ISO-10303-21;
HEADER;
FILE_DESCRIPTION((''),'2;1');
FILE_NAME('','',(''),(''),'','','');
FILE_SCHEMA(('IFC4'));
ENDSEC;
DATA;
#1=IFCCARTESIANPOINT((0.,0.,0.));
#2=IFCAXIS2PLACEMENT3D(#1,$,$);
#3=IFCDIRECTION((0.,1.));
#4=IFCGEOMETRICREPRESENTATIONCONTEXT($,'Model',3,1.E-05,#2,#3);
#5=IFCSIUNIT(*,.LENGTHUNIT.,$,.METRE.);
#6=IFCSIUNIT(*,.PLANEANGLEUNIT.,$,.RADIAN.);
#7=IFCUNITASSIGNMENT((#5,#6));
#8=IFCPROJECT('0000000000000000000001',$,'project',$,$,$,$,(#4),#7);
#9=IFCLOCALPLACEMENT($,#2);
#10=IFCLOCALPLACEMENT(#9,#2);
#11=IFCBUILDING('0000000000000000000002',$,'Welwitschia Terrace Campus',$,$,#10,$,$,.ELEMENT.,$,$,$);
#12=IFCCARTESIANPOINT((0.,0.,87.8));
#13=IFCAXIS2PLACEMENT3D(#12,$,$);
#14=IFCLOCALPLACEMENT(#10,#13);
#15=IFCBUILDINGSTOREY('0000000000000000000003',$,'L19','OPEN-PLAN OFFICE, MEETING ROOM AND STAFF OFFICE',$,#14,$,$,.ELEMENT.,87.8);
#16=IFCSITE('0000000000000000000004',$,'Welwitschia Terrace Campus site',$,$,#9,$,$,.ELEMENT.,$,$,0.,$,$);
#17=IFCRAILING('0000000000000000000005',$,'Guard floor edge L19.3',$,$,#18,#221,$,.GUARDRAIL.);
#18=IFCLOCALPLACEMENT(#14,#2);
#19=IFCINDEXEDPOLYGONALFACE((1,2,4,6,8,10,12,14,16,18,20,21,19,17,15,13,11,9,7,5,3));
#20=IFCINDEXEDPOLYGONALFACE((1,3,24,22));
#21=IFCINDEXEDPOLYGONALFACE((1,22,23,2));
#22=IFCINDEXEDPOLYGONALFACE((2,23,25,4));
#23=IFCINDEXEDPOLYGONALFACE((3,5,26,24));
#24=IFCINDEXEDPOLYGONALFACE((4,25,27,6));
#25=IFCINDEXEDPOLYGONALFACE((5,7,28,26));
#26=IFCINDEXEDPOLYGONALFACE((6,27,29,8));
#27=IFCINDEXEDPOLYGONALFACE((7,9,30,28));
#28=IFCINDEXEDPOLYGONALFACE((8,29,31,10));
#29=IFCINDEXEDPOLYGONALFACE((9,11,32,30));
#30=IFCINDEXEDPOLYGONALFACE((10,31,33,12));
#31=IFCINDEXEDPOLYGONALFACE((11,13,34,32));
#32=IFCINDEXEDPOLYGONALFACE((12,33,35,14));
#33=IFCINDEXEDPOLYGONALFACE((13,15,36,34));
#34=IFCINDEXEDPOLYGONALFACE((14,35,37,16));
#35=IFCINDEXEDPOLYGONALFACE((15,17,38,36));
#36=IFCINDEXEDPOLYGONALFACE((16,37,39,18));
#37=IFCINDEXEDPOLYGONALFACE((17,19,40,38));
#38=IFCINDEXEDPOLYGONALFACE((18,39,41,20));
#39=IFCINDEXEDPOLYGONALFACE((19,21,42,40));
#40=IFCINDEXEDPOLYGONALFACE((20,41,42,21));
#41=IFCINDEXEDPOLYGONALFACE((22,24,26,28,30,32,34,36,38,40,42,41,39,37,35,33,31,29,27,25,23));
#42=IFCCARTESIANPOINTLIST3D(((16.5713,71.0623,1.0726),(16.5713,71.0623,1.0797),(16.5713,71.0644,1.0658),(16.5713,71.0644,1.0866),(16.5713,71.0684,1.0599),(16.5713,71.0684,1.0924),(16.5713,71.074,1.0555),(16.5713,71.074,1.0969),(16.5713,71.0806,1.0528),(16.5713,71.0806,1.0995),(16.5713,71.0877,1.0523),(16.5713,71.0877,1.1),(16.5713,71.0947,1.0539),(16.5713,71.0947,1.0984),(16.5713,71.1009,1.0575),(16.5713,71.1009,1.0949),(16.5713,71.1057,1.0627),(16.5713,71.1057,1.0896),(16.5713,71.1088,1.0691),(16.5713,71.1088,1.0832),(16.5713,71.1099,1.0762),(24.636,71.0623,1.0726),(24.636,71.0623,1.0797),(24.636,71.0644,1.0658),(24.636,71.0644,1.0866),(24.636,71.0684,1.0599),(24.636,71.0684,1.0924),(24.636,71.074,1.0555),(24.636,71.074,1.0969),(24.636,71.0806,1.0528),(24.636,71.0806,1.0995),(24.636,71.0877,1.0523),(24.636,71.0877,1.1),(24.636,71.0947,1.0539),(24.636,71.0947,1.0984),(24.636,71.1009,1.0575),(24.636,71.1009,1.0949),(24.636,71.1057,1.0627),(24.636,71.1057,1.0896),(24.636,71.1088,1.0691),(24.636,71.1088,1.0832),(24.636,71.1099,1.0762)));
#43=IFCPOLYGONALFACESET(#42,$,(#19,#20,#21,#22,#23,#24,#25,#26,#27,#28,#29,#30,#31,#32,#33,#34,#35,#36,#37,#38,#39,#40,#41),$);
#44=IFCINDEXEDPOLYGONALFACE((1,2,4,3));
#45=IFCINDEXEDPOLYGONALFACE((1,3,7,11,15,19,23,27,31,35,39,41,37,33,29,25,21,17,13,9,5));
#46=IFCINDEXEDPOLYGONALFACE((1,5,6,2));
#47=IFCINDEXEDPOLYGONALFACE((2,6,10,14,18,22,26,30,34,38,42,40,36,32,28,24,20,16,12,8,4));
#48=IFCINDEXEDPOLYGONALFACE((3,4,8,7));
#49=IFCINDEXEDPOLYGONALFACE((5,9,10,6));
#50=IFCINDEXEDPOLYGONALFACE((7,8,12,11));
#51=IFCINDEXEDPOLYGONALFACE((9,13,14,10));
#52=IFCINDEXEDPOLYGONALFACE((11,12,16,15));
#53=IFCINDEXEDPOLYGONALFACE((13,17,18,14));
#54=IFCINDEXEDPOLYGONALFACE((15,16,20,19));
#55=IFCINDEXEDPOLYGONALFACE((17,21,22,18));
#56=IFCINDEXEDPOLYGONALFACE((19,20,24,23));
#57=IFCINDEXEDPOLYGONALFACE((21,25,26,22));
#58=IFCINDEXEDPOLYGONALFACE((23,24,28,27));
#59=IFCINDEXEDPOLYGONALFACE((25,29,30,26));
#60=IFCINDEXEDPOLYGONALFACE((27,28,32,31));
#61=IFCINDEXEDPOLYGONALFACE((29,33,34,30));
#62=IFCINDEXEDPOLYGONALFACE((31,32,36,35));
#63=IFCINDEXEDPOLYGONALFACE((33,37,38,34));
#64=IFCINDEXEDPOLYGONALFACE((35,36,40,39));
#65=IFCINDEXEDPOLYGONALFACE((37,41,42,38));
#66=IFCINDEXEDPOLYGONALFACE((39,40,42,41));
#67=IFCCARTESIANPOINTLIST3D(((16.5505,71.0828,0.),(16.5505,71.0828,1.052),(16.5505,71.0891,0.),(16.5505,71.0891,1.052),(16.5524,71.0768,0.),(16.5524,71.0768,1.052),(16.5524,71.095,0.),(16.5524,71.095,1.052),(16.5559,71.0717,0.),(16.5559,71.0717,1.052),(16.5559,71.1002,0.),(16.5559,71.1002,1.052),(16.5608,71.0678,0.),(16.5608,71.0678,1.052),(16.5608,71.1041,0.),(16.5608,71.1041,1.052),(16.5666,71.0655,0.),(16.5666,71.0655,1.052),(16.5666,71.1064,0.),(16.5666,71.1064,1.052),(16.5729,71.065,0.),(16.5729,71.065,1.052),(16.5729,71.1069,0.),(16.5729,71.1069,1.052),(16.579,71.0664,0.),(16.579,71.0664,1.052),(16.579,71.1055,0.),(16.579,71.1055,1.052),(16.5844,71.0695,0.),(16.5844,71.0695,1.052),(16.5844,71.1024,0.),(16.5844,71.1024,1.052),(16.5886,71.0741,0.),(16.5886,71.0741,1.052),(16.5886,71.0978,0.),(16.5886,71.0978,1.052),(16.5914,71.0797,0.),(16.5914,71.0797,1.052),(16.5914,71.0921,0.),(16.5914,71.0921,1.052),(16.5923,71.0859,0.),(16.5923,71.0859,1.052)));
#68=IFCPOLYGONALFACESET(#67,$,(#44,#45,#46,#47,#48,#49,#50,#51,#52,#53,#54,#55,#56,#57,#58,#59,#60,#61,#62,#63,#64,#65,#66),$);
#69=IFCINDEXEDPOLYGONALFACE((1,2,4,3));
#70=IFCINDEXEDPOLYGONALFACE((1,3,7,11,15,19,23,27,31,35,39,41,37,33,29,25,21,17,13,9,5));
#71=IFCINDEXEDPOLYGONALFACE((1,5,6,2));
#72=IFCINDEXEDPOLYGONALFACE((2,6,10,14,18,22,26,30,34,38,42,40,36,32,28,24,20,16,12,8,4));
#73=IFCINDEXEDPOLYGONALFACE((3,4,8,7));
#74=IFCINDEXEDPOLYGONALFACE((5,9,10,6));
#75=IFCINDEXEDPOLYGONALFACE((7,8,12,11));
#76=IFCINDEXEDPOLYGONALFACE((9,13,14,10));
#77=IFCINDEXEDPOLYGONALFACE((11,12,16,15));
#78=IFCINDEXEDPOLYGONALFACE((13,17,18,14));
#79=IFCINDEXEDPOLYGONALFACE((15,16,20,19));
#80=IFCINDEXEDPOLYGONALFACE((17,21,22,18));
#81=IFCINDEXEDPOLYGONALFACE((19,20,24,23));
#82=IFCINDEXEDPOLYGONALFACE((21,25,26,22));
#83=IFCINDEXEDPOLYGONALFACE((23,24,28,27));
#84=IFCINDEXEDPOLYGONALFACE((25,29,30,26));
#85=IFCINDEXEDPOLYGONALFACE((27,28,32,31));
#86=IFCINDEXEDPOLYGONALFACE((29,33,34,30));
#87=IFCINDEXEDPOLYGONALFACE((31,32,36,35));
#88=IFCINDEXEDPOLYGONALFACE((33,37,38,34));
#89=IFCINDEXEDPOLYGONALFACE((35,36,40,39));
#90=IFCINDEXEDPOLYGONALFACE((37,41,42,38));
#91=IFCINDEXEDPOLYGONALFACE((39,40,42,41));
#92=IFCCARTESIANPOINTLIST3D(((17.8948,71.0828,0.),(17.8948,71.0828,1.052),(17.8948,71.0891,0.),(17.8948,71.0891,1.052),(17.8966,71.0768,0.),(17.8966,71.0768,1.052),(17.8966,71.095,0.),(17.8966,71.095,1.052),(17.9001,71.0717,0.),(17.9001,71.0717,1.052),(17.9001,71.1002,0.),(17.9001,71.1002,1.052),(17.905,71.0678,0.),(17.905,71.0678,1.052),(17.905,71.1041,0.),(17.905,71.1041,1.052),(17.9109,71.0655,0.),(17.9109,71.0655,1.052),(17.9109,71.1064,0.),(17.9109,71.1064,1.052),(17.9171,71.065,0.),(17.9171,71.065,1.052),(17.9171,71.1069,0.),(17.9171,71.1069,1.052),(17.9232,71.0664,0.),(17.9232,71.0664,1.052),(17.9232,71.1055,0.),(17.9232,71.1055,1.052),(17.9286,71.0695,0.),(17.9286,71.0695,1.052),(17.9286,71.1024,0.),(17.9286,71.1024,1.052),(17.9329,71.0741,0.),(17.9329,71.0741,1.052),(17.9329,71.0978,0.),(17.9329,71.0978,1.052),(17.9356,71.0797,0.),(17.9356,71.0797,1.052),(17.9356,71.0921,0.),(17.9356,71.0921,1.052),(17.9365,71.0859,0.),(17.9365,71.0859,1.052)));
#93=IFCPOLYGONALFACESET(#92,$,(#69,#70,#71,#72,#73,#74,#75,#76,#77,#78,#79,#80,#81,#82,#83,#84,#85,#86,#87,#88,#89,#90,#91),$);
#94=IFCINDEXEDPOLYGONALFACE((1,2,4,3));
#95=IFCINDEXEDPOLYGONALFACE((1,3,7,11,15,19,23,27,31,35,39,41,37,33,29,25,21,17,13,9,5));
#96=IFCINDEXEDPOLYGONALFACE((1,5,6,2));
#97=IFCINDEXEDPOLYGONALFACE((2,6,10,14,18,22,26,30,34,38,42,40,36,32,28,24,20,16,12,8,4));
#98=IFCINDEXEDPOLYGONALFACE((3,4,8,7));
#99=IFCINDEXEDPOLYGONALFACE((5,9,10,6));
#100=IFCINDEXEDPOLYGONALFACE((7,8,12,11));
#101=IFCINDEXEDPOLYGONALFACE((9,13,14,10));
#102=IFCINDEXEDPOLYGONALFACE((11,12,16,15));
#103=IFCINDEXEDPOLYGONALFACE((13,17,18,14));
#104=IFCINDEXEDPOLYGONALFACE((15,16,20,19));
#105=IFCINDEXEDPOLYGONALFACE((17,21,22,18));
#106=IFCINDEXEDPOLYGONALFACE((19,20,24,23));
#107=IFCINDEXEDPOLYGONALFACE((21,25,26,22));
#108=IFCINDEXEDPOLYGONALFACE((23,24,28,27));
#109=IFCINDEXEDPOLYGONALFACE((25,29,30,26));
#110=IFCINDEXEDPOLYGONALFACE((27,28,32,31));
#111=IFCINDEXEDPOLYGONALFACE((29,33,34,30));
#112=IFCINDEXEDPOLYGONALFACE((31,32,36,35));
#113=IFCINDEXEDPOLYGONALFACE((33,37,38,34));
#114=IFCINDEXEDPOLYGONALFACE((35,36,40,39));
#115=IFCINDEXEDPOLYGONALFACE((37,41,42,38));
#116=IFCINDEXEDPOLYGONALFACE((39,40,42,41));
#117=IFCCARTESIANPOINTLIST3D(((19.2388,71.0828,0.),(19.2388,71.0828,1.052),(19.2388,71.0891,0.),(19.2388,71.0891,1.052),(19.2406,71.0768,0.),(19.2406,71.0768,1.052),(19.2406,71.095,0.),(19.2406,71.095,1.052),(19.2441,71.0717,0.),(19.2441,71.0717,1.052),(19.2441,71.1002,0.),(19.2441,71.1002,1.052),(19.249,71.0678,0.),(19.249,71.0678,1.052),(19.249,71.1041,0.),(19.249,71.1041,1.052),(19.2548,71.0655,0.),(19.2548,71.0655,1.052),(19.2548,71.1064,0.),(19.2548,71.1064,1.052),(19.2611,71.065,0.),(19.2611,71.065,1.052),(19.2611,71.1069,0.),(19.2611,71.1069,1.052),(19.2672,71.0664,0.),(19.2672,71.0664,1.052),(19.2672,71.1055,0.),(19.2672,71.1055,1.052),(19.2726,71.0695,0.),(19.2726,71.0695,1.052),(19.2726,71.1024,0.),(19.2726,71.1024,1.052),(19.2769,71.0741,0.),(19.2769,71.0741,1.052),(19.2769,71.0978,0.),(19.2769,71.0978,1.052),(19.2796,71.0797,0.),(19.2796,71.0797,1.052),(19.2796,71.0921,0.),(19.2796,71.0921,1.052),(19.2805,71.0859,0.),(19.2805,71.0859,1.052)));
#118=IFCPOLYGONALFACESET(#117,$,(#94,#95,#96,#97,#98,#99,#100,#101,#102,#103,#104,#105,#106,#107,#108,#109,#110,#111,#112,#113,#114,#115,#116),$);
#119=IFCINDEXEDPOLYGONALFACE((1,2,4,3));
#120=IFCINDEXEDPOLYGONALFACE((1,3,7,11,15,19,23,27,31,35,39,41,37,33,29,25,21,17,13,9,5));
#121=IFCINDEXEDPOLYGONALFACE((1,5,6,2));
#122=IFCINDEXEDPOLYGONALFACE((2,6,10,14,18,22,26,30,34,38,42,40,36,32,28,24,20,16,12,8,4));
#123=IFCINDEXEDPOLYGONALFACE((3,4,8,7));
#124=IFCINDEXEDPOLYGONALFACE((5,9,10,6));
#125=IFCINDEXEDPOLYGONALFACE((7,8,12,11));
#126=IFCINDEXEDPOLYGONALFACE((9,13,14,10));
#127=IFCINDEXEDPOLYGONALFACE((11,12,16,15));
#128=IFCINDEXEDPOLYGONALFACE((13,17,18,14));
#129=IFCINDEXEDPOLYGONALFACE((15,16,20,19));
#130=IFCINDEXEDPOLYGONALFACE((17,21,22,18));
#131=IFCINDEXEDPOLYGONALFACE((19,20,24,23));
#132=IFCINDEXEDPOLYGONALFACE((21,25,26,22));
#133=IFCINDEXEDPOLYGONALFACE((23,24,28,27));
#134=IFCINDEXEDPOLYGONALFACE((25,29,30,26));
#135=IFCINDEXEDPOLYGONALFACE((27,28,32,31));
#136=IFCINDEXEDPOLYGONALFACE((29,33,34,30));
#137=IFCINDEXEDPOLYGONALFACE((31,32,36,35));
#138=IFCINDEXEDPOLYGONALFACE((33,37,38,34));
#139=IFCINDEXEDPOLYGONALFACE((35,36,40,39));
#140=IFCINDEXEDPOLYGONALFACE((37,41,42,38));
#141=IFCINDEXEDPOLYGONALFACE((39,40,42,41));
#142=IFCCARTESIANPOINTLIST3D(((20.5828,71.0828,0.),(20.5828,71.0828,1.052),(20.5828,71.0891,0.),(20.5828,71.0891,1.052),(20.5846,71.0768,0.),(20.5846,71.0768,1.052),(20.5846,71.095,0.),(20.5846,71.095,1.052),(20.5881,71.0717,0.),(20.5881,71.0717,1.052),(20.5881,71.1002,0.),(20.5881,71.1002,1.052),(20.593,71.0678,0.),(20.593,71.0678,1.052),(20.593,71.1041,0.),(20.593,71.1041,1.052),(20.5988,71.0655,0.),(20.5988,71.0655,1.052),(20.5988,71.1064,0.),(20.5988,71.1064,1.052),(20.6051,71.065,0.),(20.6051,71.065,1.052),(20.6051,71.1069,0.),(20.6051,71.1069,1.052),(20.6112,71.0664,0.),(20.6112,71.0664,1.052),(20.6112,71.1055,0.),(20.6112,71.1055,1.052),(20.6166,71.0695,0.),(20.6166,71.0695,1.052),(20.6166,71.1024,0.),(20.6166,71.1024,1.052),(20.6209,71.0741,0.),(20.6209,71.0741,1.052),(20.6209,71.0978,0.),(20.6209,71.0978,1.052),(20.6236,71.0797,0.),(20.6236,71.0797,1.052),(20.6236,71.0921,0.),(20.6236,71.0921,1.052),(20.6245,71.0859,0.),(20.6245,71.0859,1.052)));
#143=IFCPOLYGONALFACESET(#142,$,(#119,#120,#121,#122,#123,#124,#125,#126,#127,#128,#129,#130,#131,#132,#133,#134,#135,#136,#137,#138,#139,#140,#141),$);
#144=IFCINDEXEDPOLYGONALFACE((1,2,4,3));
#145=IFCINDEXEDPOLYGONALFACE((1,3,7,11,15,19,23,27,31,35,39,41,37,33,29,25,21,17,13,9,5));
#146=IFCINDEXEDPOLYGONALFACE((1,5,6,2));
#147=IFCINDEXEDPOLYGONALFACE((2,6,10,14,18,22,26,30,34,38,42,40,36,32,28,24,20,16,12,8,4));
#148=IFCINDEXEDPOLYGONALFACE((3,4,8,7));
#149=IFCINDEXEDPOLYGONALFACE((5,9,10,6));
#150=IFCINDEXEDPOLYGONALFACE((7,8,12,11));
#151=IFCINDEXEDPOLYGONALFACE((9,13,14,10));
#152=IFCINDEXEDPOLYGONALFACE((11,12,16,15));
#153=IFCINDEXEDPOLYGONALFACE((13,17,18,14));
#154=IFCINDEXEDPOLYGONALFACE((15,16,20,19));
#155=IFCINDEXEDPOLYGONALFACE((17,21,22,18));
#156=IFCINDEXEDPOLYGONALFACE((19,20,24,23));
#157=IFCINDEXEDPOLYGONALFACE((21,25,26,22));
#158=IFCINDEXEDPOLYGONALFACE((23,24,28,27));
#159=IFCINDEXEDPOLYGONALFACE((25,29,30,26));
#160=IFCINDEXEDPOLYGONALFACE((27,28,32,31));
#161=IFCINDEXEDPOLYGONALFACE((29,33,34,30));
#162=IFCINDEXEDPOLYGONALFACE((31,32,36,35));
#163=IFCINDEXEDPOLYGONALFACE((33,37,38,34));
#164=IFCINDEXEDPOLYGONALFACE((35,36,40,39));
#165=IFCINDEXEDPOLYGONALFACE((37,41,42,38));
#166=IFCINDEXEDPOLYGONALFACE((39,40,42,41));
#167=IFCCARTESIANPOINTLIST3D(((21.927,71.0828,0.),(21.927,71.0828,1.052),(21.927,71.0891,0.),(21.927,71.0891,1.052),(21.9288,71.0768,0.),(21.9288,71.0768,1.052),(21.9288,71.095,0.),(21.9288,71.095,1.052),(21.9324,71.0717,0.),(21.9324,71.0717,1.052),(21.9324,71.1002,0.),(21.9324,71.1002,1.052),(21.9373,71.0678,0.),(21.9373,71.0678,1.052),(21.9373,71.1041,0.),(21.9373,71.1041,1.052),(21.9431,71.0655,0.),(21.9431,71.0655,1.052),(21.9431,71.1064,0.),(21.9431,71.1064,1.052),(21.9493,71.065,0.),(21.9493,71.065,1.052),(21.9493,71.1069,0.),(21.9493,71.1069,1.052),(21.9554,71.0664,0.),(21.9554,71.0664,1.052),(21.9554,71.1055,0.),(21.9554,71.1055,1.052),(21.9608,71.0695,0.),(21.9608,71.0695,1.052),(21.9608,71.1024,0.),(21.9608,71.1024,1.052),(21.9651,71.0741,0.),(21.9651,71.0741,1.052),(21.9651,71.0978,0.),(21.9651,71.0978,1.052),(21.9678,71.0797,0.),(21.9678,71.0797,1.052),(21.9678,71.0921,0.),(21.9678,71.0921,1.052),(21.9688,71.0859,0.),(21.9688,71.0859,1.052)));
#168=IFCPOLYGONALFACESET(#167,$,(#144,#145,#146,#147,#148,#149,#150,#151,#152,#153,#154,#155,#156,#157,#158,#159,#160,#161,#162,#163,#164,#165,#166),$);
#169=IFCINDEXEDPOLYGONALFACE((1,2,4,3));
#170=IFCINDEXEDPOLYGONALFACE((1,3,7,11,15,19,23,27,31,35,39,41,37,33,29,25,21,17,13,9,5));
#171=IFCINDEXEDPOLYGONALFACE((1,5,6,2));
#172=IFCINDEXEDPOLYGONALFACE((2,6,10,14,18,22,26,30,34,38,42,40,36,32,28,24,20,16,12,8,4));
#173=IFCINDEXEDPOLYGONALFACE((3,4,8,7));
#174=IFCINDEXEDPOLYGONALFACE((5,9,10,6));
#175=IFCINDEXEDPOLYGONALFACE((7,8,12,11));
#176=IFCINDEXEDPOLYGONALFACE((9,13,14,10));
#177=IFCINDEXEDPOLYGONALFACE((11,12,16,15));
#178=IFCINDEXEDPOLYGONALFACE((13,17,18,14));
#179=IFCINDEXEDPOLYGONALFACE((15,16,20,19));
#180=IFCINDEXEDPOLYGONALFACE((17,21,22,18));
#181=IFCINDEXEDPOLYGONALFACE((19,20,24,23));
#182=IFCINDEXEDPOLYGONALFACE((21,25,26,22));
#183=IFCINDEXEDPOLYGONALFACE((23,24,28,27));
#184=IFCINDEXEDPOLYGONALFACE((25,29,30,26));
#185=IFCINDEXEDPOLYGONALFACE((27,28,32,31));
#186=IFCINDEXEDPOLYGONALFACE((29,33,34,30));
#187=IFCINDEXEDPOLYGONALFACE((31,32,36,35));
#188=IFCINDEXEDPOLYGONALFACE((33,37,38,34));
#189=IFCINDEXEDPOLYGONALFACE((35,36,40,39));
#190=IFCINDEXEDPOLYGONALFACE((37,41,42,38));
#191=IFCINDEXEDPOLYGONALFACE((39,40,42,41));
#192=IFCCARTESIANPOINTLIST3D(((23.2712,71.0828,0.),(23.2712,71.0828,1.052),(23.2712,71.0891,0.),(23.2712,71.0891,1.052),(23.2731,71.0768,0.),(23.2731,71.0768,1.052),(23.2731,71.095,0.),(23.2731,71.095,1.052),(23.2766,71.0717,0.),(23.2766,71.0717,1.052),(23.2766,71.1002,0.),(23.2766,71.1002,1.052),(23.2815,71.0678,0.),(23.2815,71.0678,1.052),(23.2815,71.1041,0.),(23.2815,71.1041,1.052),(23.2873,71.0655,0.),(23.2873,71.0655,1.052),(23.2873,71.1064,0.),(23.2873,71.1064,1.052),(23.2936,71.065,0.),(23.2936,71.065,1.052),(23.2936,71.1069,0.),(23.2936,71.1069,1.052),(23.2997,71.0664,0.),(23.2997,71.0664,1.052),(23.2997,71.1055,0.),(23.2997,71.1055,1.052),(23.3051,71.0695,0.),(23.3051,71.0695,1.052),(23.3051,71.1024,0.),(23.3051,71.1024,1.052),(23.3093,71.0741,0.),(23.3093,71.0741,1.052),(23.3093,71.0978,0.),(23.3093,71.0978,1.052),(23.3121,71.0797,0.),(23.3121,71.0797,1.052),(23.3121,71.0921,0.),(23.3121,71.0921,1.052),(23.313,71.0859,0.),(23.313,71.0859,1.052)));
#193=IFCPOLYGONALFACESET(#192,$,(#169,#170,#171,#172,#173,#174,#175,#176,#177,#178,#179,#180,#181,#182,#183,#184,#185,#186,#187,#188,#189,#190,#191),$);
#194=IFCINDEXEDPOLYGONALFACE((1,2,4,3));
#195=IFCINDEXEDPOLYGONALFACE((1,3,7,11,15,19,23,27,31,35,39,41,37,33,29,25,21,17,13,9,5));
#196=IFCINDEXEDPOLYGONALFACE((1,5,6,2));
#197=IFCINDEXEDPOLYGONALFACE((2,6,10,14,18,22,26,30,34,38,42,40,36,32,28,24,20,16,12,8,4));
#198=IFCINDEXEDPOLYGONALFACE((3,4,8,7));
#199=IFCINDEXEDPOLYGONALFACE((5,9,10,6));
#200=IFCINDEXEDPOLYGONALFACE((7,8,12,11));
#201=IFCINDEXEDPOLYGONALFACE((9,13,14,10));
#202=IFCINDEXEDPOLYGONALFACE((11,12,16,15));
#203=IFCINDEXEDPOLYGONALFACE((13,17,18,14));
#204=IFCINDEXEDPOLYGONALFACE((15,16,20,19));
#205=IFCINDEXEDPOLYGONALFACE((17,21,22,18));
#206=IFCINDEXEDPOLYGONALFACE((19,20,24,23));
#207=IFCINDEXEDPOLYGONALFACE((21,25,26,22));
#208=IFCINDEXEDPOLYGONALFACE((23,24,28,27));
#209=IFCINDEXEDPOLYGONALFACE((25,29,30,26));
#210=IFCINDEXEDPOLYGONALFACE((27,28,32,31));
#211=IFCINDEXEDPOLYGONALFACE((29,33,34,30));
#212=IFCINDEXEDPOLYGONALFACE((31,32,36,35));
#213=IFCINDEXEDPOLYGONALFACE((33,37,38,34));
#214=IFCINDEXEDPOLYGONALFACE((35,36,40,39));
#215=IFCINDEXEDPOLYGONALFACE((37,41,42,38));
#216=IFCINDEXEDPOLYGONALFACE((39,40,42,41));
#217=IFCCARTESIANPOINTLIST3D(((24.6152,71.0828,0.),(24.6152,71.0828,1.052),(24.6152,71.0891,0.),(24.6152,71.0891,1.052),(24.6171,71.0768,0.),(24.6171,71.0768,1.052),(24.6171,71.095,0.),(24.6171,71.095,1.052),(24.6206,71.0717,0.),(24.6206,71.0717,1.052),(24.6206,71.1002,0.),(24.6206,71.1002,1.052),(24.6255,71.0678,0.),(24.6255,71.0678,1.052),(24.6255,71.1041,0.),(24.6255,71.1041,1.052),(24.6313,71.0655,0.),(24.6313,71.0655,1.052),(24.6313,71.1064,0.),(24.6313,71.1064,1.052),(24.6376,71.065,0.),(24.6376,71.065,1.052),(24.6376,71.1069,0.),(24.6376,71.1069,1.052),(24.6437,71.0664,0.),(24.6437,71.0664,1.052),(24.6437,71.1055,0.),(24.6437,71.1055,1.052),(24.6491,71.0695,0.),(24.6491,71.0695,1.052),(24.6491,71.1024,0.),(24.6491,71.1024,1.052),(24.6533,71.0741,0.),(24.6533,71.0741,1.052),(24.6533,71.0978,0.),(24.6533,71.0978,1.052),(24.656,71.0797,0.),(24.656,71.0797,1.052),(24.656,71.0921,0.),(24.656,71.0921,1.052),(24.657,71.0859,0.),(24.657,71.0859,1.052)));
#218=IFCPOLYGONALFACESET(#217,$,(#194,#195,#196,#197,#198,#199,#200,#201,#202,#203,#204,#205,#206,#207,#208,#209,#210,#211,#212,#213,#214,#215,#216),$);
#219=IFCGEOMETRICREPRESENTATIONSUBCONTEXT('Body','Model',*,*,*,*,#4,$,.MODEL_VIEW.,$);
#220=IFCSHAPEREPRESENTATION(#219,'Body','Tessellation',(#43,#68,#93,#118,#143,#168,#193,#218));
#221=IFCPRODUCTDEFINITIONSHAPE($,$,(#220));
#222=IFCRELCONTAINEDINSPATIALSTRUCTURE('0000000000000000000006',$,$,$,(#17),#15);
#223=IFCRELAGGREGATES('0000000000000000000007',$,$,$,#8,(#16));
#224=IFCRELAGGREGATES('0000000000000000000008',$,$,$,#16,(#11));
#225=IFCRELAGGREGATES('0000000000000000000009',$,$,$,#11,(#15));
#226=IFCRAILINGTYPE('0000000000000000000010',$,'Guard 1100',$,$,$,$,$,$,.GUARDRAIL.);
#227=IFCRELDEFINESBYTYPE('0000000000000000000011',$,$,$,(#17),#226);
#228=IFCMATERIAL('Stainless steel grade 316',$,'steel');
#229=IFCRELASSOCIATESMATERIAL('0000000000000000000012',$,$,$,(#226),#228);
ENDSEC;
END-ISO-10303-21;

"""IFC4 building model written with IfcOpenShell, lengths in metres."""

from ifc_helpers import new_model, si_unit, direction, frame, origin, origin_2d, place, context, subcontext, project, spatial, circle, extrude, material, type_object, element, save


model = new_model("IFC4")

# Units and contexts
model_context = context("Model", 3, precision=1e-05, world=origin(), true_north=direction((0.0, 1.0)))
body_context = subcontext(model_context, "Body", "Model", "MODEL_VIEW")
ifc_project = project(units=[si_unit("LENGTHUNIT", "METRE"), si_unit("PLANEANGLEUNIT", "RADIAN")], contexts=[model_context])

# Site, building, storey
site_placement = place(None, origin())
site = spatial("IfcSite", under=ifc_project, at=site_placement, Name="Welwitschia Terrace Campus site", CompositionType="ELEMENT", RefElevation=0.0)
building_placement = place(site_placement, origin())
building = spatial("IfcBuilding", under=site, at=building_placement, Name="Welwitschia Terrace Campus", CompositionType="ELEMENT")
storey_placement = place(building_placement, frame((0.0, 0.0, 87.8)))
storey = spatial("IfcBuildingStorey", under=building, at=storey_placement, Name="L19", Description="OPEN-PLAN OFFICE, MEETING ROOM AND STAFF OFFICE", CompositionType="ELEMENT", Elevation=87.8)

# Railing
ifc_material_1 = material(Name="Stainless steel grade 316", Category="steel")
railing_type = type_object("IfcRailingType", Name="Guard 1100", PredefinedType="GUARDRAIL", material=ifc_material_1)
railing_placement = place(storey_placement, frame((16.5713, 71.0859, 0.0)))
element("IfcRailing", 1, at=railing_placement, inside=storey, type_object=railing_type, Name="Guard floor edge L19.3", PredefinedType="GUARDRAIL", context=body_context, shape_type="SweptSolid", body=[
    extrude(circle(Radius=0.0239, at=origin_2d()), frame((0.0, 0.0, 1.0762), z_axis=(1.0, 0.0, 0.0), x_axis=(0.0, 1.0, 0.0)), (0.0, 0.0, 1.0), 8.0647),
    extrude(circle(Radius=0.021, at=origin_2d()), origin(), (0.0, 0.0, 1.0), 1.052),
    extrude(circle(Radius=0.021, at=origin_2d()), frame((1.3442, 0.0, 0.0)), (0.0, 0.0, 1.0), 1.052),
    extrude(circle(Radius=0.021, at=origin_2d()), frame((2.6882, 0.0, 0.0)), (0.0, 0.0, 1.0), 1.052),
    extrude(circle(Radius=0.021, at=origin_2d()), frame((4.0322, 0.0, 0.0)), (0.0, 0.0, 1.0), 1.052),
    extrude(circle(Radius=0.021, at=origin_2d()), frame((5.3765, 0.0, 0.0)), (0.0, 0.0, 1.0), 1.052),
    extrude(circle(Radius=0.021, at=origin_2d()), frame((6.7207, 0.0, 0.0)), (0.0, 0.0, 1.0), 1.052),
    extrude(circle(Radius=0.021, at=origin_2d()), frame((8.0647, 0.0, 0.0)), (0.0, 0.0, 1.0), 1.052),
])

save(model, "model.ifc")
